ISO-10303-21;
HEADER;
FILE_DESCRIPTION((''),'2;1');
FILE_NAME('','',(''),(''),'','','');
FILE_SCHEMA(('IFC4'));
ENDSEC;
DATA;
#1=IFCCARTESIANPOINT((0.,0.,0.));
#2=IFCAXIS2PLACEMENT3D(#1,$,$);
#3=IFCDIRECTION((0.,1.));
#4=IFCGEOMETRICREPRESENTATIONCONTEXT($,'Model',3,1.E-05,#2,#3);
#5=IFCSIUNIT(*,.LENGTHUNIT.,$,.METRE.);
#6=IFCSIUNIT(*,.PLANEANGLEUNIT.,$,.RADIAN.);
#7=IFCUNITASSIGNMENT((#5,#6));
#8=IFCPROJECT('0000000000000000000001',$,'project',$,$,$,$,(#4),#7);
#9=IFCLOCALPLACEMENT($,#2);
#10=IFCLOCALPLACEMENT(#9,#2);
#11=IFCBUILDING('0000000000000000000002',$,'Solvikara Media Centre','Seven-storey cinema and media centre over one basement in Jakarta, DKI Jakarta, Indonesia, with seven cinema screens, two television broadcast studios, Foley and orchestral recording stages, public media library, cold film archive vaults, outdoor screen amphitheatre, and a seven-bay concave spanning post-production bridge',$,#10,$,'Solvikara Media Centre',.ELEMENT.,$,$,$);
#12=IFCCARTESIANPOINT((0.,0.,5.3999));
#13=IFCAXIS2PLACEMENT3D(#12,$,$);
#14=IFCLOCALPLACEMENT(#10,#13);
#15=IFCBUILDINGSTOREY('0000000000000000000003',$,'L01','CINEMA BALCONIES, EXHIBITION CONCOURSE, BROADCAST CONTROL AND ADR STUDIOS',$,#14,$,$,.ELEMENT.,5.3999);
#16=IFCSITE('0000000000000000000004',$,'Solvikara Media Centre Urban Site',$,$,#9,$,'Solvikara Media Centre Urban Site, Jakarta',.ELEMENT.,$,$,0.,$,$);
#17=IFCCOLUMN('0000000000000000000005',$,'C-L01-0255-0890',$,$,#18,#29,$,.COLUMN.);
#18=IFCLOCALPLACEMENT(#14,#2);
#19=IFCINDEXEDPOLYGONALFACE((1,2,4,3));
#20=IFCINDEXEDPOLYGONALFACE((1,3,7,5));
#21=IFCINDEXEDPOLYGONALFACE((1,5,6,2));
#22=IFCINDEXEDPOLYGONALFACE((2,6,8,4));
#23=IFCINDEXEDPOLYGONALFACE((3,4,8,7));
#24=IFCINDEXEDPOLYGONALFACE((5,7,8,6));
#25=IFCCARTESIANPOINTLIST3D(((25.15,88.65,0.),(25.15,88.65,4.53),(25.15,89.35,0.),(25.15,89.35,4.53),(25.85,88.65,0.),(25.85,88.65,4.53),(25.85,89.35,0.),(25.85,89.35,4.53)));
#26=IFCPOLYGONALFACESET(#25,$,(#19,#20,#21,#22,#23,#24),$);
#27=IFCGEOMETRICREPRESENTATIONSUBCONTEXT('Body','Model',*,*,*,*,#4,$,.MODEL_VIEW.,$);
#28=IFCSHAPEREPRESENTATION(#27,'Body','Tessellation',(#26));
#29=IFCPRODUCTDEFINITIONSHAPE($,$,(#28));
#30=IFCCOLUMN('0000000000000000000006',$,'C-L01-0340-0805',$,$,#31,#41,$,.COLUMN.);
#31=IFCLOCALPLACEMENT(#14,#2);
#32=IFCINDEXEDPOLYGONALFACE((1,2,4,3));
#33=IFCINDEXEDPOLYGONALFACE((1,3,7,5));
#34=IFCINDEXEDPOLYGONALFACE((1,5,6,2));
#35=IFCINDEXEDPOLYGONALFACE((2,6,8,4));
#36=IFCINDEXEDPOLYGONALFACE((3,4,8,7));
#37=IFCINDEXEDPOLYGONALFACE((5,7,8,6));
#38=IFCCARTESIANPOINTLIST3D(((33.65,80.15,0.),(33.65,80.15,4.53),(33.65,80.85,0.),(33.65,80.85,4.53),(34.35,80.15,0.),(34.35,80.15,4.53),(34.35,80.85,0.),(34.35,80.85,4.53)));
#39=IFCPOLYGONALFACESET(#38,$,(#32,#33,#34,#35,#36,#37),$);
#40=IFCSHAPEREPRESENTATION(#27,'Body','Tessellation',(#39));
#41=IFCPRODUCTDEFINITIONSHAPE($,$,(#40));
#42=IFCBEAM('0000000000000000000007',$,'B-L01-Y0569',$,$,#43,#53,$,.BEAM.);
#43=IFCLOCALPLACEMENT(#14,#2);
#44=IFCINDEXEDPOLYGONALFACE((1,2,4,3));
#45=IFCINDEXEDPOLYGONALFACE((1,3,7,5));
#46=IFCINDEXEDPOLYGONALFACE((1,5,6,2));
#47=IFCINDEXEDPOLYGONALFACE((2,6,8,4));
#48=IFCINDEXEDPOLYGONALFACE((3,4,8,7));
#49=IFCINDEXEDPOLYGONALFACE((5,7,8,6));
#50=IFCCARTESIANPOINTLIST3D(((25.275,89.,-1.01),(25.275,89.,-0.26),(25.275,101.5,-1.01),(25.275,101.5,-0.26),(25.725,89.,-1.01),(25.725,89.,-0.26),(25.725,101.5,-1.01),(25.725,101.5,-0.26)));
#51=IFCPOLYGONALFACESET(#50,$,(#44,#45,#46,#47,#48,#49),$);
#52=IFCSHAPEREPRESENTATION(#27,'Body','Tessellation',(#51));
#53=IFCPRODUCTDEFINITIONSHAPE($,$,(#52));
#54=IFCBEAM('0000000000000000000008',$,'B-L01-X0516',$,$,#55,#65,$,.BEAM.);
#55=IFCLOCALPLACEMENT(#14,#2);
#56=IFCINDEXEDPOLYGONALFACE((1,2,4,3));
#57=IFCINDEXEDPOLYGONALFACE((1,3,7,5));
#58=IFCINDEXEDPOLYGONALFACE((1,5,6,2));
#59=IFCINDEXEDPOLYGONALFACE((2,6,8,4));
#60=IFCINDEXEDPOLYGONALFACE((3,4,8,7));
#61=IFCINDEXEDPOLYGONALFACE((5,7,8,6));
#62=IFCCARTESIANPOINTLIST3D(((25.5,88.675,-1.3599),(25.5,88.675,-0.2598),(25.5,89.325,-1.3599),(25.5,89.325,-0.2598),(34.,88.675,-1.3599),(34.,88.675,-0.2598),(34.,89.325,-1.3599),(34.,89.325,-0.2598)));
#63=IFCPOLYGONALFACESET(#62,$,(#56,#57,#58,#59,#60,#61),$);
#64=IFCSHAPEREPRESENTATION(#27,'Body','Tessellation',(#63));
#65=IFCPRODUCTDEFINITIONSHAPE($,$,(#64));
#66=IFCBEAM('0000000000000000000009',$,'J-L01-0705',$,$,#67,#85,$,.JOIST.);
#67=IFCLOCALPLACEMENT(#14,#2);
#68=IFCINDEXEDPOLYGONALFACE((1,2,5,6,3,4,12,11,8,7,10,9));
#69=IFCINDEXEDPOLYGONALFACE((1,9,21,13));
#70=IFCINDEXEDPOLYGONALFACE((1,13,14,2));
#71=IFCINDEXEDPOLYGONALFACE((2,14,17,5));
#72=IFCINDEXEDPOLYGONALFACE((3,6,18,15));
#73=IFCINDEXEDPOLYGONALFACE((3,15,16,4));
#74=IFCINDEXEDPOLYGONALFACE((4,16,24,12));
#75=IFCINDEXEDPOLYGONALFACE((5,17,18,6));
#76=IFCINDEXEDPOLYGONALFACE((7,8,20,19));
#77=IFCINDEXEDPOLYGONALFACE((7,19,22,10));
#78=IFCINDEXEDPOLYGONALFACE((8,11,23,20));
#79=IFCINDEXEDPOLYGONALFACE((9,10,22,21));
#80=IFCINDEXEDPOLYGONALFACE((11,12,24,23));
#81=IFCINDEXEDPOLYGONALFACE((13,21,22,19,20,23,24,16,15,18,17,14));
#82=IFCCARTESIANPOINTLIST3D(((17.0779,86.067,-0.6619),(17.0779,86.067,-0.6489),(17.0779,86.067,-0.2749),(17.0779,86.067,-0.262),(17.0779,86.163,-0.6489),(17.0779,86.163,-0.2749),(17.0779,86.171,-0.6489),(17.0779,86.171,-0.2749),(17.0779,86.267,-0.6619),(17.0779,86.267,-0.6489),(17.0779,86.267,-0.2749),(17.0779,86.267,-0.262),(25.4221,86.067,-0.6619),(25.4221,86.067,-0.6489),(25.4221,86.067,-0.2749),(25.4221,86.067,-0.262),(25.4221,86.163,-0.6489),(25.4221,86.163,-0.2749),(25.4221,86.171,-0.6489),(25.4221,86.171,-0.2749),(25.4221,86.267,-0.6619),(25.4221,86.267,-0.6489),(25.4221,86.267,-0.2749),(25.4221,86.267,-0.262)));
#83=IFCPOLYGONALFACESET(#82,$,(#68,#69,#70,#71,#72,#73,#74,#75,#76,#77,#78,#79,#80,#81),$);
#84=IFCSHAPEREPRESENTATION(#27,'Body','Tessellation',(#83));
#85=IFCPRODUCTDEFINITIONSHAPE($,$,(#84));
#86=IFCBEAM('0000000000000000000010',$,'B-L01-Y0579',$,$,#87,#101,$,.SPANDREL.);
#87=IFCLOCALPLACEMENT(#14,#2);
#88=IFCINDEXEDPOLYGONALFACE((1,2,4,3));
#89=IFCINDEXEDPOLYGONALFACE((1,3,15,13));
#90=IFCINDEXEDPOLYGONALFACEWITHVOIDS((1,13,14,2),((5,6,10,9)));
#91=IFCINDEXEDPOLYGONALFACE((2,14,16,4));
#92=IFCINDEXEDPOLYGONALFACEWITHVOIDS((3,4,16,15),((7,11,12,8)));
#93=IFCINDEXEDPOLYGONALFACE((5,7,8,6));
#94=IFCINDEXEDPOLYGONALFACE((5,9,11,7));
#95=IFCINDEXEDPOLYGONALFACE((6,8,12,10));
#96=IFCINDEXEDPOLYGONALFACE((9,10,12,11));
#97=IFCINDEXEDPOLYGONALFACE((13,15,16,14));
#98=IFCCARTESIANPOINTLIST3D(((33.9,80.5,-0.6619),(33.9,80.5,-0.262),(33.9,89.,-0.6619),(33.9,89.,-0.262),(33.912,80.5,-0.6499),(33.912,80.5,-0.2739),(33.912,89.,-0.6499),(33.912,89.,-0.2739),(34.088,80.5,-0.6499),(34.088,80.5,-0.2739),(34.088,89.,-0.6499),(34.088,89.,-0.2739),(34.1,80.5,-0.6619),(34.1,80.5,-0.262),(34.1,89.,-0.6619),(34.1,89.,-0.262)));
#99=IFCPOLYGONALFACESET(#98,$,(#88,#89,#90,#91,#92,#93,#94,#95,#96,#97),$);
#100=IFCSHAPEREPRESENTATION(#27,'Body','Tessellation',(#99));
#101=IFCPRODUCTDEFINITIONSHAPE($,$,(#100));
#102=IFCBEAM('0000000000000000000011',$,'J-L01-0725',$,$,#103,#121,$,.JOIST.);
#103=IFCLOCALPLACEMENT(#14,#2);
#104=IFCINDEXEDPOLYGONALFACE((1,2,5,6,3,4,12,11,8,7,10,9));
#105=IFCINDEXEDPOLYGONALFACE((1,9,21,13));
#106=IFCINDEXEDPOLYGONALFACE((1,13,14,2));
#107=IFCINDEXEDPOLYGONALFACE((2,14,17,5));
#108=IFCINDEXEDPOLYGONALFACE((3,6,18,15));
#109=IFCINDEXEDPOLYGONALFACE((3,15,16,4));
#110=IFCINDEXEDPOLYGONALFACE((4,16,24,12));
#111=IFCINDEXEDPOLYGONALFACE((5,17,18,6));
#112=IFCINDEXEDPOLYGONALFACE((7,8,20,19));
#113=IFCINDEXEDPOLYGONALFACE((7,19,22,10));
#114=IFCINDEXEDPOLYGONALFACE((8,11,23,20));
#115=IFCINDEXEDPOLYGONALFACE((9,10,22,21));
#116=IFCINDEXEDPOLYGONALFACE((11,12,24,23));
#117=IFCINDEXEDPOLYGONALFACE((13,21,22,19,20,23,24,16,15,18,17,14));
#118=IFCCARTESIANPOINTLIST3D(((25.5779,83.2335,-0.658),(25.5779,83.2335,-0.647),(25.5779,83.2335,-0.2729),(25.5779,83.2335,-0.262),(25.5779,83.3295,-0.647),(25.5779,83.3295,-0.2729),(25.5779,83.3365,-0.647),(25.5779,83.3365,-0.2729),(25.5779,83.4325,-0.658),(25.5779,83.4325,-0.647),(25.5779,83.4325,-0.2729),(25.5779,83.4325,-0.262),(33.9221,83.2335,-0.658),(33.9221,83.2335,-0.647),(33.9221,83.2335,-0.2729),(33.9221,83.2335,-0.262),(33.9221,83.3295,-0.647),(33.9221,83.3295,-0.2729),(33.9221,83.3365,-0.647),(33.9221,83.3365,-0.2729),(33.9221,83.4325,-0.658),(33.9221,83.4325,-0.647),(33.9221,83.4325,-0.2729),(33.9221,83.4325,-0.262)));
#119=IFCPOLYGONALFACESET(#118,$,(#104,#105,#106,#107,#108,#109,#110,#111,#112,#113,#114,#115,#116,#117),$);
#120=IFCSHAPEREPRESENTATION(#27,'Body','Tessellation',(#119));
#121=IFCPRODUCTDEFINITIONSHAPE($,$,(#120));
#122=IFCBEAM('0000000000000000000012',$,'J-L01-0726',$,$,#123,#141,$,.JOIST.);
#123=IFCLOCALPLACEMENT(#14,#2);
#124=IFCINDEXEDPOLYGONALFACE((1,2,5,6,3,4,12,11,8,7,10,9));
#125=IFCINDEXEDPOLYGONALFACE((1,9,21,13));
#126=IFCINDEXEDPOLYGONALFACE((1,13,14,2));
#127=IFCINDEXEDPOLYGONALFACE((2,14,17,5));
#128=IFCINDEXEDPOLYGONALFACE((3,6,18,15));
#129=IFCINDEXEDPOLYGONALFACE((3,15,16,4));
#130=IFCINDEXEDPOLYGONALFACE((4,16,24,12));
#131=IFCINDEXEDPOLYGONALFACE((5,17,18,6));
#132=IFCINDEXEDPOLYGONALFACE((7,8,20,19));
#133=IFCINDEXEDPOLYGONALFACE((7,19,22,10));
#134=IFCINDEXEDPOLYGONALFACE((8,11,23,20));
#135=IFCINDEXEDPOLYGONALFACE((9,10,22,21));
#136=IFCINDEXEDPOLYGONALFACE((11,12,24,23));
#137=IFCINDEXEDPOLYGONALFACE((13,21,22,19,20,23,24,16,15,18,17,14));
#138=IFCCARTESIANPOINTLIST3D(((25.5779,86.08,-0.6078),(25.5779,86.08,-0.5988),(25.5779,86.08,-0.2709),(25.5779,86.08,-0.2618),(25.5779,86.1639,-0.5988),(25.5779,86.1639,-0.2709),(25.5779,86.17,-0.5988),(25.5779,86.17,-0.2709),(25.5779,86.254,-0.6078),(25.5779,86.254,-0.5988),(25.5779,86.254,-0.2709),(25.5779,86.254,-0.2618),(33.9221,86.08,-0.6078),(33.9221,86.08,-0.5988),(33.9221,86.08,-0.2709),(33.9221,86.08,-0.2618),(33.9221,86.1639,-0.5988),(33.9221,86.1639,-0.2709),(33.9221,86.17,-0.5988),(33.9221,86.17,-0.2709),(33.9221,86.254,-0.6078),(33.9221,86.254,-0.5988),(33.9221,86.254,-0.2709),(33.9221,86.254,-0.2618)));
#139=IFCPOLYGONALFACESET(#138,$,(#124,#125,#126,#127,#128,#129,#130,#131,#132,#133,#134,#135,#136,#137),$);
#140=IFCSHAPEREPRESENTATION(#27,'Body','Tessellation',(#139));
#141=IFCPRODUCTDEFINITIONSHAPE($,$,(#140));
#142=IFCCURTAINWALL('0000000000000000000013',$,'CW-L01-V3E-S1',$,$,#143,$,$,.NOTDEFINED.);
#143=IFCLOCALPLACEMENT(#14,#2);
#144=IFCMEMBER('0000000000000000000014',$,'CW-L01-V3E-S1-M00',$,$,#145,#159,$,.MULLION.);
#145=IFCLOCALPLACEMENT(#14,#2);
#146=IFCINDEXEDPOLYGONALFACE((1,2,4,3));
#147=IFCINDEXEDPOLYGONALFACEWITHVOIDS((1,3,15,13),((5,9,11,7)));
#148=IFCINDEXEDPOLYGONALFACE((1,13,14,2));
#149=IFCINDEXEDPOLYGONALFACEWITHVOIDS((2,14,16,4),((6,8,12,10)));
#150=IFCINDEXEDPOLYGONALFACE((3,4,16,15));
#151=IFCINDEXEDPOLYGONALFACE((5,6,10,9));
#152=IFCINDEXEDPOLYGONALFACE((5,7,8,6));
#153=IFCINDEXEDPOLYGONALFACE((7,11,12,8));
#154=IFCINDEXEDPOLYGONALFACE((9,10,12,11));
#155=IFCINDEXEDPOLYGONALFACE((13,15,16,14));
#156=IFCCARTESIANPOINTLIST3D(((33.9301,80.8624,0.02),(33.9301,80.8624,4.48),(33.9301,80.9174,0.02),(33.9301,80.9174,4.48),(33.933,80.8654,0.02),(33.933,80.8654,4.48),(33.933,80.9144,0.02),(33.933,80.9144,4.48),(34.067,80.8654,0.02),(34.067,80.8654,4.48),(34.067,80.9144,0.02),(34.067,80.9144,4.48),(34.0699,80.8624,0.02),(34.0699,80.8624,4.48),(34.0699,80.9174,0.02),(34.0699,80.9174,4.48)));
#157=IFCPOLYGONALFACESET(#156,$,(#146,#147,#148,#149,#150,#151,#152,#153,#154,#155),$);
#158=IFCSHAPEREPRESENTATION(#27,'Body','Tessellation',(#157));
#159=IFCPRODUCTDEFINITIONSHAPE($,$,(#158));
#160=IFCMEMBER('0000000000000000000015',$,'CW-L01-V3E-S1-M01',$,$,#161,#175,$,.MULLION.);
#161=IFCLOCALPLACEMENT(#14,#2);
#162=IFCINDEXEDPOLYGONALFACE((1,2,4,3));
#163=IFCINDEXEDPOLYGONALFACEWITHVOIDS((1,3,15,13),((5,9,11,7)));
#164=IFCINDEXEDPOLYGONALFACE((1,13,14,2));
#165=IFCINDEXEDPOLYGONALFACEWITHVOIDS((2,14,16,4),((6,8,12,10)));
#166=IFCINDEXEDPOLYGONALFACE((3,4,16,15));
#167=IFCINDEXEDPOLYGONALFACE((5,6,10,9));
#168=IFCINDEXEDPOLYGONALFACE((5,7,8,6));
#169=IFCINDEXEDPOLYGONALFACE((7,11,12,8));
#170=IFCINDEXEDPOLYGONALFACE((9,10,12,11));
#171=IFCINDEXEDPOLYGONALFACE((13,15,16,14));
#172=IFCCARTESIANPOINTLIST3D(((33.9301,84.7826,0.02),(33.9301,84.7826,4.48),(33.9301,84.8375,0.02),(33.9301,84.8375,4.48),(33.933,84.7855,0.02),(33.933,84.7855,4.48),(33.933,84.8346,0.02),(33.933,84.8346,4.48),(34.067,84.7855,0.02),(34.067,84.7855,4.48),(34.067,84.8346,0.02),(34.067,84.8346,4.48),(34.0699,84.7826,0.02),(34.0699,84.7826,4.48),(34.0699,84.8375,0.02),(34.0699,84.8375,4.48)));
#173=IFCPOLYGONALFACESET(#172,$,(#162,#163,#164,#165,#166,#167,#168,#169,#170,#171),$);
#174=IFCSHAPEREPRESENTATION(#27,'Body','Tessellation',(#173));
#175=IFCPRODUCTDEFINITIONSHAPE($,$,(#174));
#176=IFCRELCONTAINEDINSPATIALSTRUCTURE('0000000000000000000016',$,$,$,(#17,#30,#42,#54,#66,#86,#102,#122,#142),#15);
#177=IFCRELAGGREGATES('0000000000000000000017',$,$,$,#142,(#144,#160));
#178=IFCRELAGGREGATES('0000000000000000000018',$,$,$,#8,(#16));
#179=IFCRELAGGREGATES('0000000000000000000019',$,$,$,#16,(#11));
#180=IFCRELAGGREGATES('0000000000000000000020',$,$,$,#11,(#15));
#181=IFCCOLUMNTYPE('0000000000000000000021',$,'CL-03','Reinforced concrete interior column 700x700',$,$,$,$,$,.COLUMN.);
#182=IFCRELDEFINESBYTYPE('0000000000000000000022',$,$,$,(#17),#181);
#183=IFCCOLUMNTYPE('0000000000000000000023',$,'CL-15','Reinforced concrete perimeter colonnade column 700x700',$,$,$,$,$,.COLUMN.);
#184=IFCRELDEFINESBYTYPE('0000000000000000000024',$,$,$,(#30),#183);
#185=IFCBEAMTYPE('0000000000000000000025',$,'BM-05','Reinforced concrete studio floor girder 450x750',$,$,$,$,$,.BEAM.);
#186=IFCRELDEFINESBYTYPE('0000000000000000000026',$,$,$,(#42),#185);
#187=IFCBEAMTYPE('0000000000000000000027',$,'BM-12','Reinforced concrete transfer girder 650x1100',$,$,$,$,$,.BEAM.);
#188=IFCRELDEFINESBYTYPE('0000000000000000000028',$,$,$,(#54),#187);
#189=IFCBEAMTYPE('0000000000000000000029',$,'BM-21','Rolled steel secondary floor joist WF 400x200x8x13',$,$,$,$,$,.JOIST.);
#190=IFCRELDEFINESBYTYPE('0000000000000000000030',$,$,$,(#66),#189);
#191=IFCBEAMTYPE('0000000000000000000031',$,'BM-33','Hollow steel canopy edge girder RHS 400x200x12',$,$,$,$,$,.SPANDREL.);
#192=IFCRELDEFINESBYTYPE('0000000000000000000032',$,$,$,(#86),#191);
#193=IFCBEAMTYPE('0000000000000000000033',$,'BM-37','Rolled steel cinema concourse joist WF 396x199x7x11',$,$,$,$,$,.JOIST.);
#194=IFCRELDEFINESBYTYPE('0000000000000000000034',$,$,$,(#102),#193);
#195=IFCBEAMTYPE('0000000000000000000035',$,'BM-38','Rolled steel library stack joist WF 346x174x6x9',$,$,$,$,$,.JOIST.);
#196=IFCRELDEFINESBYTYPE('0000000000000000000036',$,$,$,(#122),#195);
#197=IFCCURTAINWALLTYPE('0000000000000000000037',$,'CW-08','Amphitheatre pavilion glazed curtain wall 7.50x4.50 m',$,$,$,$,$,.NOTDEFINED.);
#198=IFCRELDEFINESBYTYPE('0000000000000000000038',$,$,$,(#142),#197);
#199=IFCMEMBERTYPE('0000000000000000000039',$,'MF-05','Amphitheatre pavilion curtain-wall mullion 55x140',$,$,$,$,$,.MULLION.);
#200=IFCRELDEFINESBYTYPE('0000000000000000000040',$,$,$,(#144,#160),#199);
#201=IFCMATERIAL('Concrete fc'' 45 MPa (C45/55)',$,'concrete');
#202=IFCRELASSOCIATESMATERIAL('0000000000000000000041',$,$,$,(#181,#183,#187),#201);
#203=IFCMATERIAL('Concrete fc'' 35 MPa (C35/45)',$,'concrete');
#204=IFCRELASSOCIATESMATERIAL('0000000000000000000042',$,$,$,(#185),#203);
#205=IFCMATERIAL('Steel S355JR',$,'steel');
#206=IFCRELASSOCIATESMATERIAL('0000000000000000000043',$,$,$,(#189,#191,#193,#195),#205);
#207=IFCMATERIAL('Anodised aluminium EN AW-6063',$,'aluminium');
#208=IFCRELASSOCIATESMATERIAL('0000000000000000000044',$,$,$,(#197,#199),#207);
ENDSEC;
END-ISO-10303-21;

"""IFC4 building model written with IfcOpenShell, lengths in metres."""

from ifc_helpers import new_model, si_unit, direction, frame, origin, origin_2d, place, context, subcontext, project, spatial, rectangle, hollow_rectangle, i_section, extrude, material, material_profile, profile_set, type_object, element, aggregate, save


model = new_model("IFC4")

# Units and contexts
model_context = context("Model", 3, precision=1e-05, world=origin(), true_north=direction((0.0, 1.0)))
body_context = subcontext(model_context, "Body", "Model", "MODEL_VIEW")
ifc_project = project(units=[si_unit("LENGTHUNIT", "METRE"), si_unit("PLANEANGLEUNIT", "RADIAN")], contexts=[model_context])

# Site, building, storey
site_placement = place(None, origin())
site = spatial("IfcSite", under=ifc_project, at=site_placement, Name="Solvikara Media Centre Urban Site", LongName="Solvikara Media Centre Urban Site, Jakarta", CompositionType="ELEMENT", RefElevation=0.0)
building_placement = place(site_placement, origin())
building = spatial("IfcBuilding", under=site, at=building_placement, Name="Solvikara Media Centre", Description="Seven-storey cinema and media centre over one basement in Jakarta, DKI Jakarta, Indonesia, with seven cinema screens, two television broadcast studios, Foley and orchestral recording stages, public media library, cold film archive vaults, outdoor screen amphitheatre, and a seven-bay concave spanning post-production bridge", LongName="Solvikara Media Centre", CompositionType="ELEMENT")
storey_placement = place(building_placement, frame((0.0, 0.0, 5.3999)))
storey = spatial("IfcBuildingStorey", under=building, at=storey_placement, Name="L01", Description="CINEMA BALCONIES, EXHIBITION CONCOURSE, BROADCAST CONTROL AND ADR STUDIOS", CompositionType="ELEMENT", Elevation=5.3999)

# Columns
ifc_material_1 = material(Name="Concrete fc' 45 MPa (C45/55)", Category="concrete")
ifc_material_profile_1 = material_profile(ifc_material_1, rectangle(XDim=0.7, YDim=0.7, at=origin_2d()), Name="RC 700x700")
ifc_profile_set_1 = profile_set([ifc_material_profile_1], Name="Concrete fc' 45 MPa (C45/55)")
column_type_1 = type_object("IfcColumnType", Name="CL-03", Description="Reinforced concrete interior column 700x700", PredefinedType="COLUMN", material=ifc_profile_set_1)
column_1_placement = place(storey_placement, frame((25.5, 89.0, 0.0), z_axis=(0.0, 0.0, 1.0), x_axis=(1.0, 0.0, 0.0)))
element("IfcColumn", 1, at=column_1_placement, inside=storey, type_object=column_type_1, Name="C-L01-0255-0890", PredefinedType="COLUMN", context=body_context, shape_type="SweptSolid", body=[
    extrude(rectangle(XDim=0.7, YDim=0.7, at=origin_2d()), origin(), (0.0, 0.0, 1.0), 4.53),
])
ifc_material_profile_2 = material_profile(ifc_material_1, rectangle(XDim=0.7, YDim=0.7, at=origin_2d()), Name="RC 700x700")
ifc_profile_set_2 = profile_set([ifc_material_profile_2], Name="Concrete fc' 45 MPa (C45/55)")
column_type_2 = type_object("IfcColumnType", Name="CL-15", Description="Reinforced concrete perimeter colonnade column 700x700", PredefinedType="COLUMN", material=ifc_profile_set_2)
column_2_placement = place(storey_placement, frame((34.0, 80.5, 0.0), z_axis=(0.0, 0.0, 1.0), x_axis=(1.0, 0.0, 0.0)))
element("IfcColumn", 2, at=column_2_placement, inside=storey, type_object=column_type_2, Name="C-L01-0340-0805", PredefinedType="COLUMN", context=body_context, shape_type="SweptSolid", body=[
    extrude(rectangle(XDim=0.7, YDim=0.7, at=origin_2d()), origin(), (0.0, 0.0, 1.0), 4.53),
])

# Beams
ifc_material_2 = material(Name="Concrete fc' 35 MPa (C35/45)", Category="concrete")
ifc_material_profile_3 = material_profile(ifc_material_2, rectangle(XDim=0.45, YDim=0.75, at=origin_2d()), Name="RC 450x750")
ifc_profile_set_3 = profile_set([ifc_material_profile_3], Name="Concrete fc' 35 MPa (C35/45)")
beam_type_1 = type_object("IfcBeamType", Name="BM-05", Description="Reinforced concrete studio floor girder 450x750", PredefinedType="BEAM", material=ifc_profile_set_3)
beam_1_placement = place(storey_placement, frame((25.5, 89.0, -0.635), z_axis=(0.0, 1.0, 0.0), x_axis=(-1.0, 0.0, 0.0)))
element("IfcBeam", 3, at=beam_1_placement, inside=storey, type_object=beam_type_1, Name="B-L01-Y0569", PredefinedType="BEAM", context=body_context, shape_type="SweptSolid", body=[
    extrude(rectangle(XDim=0.45, YDim=0.75, at=origin_2d()), origin(), (0.0, 0.0, 1.0), 12.5),
])
ifc_material_profile_4 = material_profile(ifc_material_1, rectangle(XDim=0.6499, YDim=1.1001, at=origin_2d()), Name="RC 650x1100")
ifc_profile_set_4 = profile_set([ifc_material_profile_4], Name="Concrete fc' 45 MPa (C45/55)")
beam_type_2 = type_object("IfcBeamType", Name="BM-12", Description="Reinforced concrete transfer girder 650x1100", PredefinedType="BEAM", material=ifc_profile_set_4)
beam_2_placement = place(storey_placement, frame((25.5, 89.0, -0.8098), z_axis=(1.0, 0.0, 0.0), x_axis=(0.0, 1.0, 0.0)))
element("IfcBeam", 4, at=beam_2_placement, inside=storey, type_object=beam_type_2, Name="B-L01-X0516", PredefinedType="BEAM", context=body_context, shape_type="SweptSolid", body=[
    extrude(rectangle(XDim=0.6499, YDim=1.1001, at=origin_2d()), origin(), (0.0, 0.0, 1.0), 8.5),
])
ifc_material_3 = material(Name="Steel S355JR", Category="steel")
ifc_material_profile_5 = material_profile(ifc_material_3, i_section(OverallWidth=0.2, OverallDepth=0.3999, WebThickness=0.0081, FlangeThickness=0.0129, at=origin_2d()), Name="WF 400x200x8x13")
ifc_profile_set_5 = profile_set([ifc_material_profile_5], Name="Steel S355JR")
beam_type_3 = type_object("IfcBeamType", Name="BM-21", Description="Rolled steel secondary floor joist WF 400x200x8x13", PredefinedType="JOIST", material=ifc_profile_set_5)
beam_3_placement = place(storey_placement, frame((17.0779, 86.167, -0.4619), z_axis=(1.0, 0.0, 0.0), x_axis=(0.0, 1.0, 0.0)))
element("IfcBeam", 5, at=beam_3_placement, inside=storey, type_object=beam_type_3, Name="J-L01-0705", PredefinedType="JOIST", context=body_context, shape_type="SweptSolid", body=[
    extrude(i_section(OverallWidth=0.2, OverallDepth=0.3999, WebThickness=0.0081, FlangeThickness=0.0129, at=origin_2d()), origin(), (0.0, 0.0, 1.0), 8.3442),
])
ifc_material_profile_6 = material_profile(ifc_material_3, hollow_rectangle(XDim=0.2, YDim=0.3999, WallThickness=0.012, at=origin_2d()), Name="RHS 400x200x12")
ifc_profile_set_6 = profile_set([ifc_material_profile_6], Name="Steel S355JR")
beam_type_4 = type_object("IfcBeamType", Name="BM-33", Description="Hollow steel canopy edge girder RHS 400x200x12", PredefinedType="SPANDREL", material=ifc_profile_set_6)
beam_4_placement = place(storey_placement, frame((34.0, 80.5, -0.4619), z_axis=(0.0, 1.0, 0.0), x_axis=(-1.0, 0.0, 0.0)))
element("IfcBeam", 6, at=beam_4_placement, inside=storey, type_object=beam_type_4, Name="B-L01-Y0579", PredefinedType="SPANDREL", context=body_context, shape_type="SweptSolid", body=[
    extrude(hollow_rectangle(XDim=0.2, YDim=0.3999, WallThickness=0.012, at=origin_2d()), origin(), (0.0, 0.0, 1.0), 8.5),
])
ifc_material_profile_7 = material_profile(ifc_material_3, i_section(OverallWidth=0.199, OverallDepth=0.396, WebThickness=0.0071, FlangeThickness=0.011, at=origin_2d()), Name="WF 396x199x7x11")
ifc_profile_set_7 = profile_set([ifc_material_profile_7], Name="Steel S355JR")
beam_type_5 = type_object("IfcBeamType", Name="BM-37", Description="Rolled steel cinema concourse joist WF 396x199x7x11", PredefinedType="JOIST", material=ifc_profile_set_7)
beam_5_placement = place(storey_placement, frame((25.5779, 83.333, -0.46), z_axis=(1.0, 0.0, 0.0), x_axis=(0.0, 1.0, 0.0)))
element("IfcBeam", 7, at=beam_5_placement, inside=storey, type_object=beam_type_5, Name="J-L01-0725", PredefinedType="JOIST", context=body_context, shape_type="SweptSolid", body=[
    extrude(i_section(OverallWidth=0.199, OverallDepth=0.396, WebThickness=0.0071, FlangeThickness=0.011, at=origin_2d()), origin(), (0.0, 0.0, 1.0), 8.3442),
])
ifc_material_profile_8 = material_profile(ifc_material_3, i_section(OverallWidth=0.1741, OverallDepth=0.3459, WebThickness=0.0061, FlangeThickness=0.009, at=origin_2d()), Name="WF 346x174x6x9")
ifc_profile_set_8 = profile_set([ifc_material_profile_8], Name="Steel S355JR")
beam_type_6 = type_object("IfcBeamType", Name="BM-38", Description="Rolled steel library stack joist WF 346x174x6x9", PredefinedType="JOIST", material=ifc_profile_set_8)
beam_6_placement = place(storey_placement, frame((25.5779, 86.167, -0.4348), z_axis=(1.0, 0.0, 0.0), x_axis=(0.0, 1.0, 0.0)))
element("IfcBeam", 8, at=beam_6_placement, inside=storey, type_object=beam_type_6, Name="J-L01-0726", PredefinedType="JOIST", context=body_context, shape_type="SweptSolid", body=[
    extrude(i_section(OverallWidth=0.1741, OverallDepth=0.3459, WebThickness=0.0061, FlangeThickness=0.009, at=origin_2d()), origin(), (0.0, 0.0, 1.0), 8.3442),
])

# Curtain wall, members
ifc_material_4 = material(Name="Anodised aluminium EN AW-6063", Category="aluminium")
curtain_wall_type = type_object("IfcCurtainWallType", Name="CW-08", Description="Amphitheatre pavilion glazed curtain wall 7.50x4.50 m", PredefinedType="NOTDEFINED", material=ifc_material_4)
curtain_wall_placement = place(storey_placement, origin())
curtain_wall = element("IfcCurtainWall", 9, at=curtain_wall_placement, inside=storey, type_object=curtain_wall_type, Name="CW-L01-V3E-S1", PredefinedType="NOTDEFINED")
ifc_material_profile_9 = material_profile(ifc_material_4, hollow_rectangle(XDim=0.0549, YDim=0.1399, WallThickness=0.0029, at=origin_2d()), Name="ALU-M 55x140x3")
ifc_profile_set_9 = profile_set([ifc_material_profile_9], Name="Anodised aluminium EN AW-6063")
member_type_1 = type_object("IfcMemberType", Name="MF-05", Description="Amphitheatre pavilion curtain-wall mullion 55x140", PredefinedType="MULLION", material=ifc_profile_set_9)
member_1_placement = place(storey_placement, frame((34.0, 80.8899, 0.02), z_axis=(0.0, 0.0, 1.0), x_axis=(0.0, 1.0, 0.0)))
member_1 = element("IfcMember", 10, at=member_1_placement, type_object=member_type_1, Name="CW-L01-V3E-S1-M00", PredefinedType="MULLION", context=body_context, shape_type="SweptSolid", body=[
    extrude(hollow_rectangle(XDim=0.0549, YDim=0.1399, WallThickness=0.0029, at=origin_2d()), origin(), (0.0, 0.0, 1.0), 4.46),
])
member_2_placement = place(storey_placement, frame((34.0, 84.8101, 0.02), z_axis=(0.0, 0.0, 1.0), x_axis=(0.0, 1.0, 0.0)))
member_2 = element("IfcMember", 11, at=member_2_placement, type_object=member_type_1, Name="CW-L01-V3E-S1-M01", PredefinedType="MULLION", context=body_context, shape_type="SweptSolid", body=[
    extrude(hollow_rectangle(XDim=0.0549, YDim=0.1399, WallThickness=0.0029, at=origin_2d()), origin(), (0.0, 0.0, 1.0), 4.46),
])
aggregate(curtain_wall, [member_1, member_2])

save(model, "model.ifc")
